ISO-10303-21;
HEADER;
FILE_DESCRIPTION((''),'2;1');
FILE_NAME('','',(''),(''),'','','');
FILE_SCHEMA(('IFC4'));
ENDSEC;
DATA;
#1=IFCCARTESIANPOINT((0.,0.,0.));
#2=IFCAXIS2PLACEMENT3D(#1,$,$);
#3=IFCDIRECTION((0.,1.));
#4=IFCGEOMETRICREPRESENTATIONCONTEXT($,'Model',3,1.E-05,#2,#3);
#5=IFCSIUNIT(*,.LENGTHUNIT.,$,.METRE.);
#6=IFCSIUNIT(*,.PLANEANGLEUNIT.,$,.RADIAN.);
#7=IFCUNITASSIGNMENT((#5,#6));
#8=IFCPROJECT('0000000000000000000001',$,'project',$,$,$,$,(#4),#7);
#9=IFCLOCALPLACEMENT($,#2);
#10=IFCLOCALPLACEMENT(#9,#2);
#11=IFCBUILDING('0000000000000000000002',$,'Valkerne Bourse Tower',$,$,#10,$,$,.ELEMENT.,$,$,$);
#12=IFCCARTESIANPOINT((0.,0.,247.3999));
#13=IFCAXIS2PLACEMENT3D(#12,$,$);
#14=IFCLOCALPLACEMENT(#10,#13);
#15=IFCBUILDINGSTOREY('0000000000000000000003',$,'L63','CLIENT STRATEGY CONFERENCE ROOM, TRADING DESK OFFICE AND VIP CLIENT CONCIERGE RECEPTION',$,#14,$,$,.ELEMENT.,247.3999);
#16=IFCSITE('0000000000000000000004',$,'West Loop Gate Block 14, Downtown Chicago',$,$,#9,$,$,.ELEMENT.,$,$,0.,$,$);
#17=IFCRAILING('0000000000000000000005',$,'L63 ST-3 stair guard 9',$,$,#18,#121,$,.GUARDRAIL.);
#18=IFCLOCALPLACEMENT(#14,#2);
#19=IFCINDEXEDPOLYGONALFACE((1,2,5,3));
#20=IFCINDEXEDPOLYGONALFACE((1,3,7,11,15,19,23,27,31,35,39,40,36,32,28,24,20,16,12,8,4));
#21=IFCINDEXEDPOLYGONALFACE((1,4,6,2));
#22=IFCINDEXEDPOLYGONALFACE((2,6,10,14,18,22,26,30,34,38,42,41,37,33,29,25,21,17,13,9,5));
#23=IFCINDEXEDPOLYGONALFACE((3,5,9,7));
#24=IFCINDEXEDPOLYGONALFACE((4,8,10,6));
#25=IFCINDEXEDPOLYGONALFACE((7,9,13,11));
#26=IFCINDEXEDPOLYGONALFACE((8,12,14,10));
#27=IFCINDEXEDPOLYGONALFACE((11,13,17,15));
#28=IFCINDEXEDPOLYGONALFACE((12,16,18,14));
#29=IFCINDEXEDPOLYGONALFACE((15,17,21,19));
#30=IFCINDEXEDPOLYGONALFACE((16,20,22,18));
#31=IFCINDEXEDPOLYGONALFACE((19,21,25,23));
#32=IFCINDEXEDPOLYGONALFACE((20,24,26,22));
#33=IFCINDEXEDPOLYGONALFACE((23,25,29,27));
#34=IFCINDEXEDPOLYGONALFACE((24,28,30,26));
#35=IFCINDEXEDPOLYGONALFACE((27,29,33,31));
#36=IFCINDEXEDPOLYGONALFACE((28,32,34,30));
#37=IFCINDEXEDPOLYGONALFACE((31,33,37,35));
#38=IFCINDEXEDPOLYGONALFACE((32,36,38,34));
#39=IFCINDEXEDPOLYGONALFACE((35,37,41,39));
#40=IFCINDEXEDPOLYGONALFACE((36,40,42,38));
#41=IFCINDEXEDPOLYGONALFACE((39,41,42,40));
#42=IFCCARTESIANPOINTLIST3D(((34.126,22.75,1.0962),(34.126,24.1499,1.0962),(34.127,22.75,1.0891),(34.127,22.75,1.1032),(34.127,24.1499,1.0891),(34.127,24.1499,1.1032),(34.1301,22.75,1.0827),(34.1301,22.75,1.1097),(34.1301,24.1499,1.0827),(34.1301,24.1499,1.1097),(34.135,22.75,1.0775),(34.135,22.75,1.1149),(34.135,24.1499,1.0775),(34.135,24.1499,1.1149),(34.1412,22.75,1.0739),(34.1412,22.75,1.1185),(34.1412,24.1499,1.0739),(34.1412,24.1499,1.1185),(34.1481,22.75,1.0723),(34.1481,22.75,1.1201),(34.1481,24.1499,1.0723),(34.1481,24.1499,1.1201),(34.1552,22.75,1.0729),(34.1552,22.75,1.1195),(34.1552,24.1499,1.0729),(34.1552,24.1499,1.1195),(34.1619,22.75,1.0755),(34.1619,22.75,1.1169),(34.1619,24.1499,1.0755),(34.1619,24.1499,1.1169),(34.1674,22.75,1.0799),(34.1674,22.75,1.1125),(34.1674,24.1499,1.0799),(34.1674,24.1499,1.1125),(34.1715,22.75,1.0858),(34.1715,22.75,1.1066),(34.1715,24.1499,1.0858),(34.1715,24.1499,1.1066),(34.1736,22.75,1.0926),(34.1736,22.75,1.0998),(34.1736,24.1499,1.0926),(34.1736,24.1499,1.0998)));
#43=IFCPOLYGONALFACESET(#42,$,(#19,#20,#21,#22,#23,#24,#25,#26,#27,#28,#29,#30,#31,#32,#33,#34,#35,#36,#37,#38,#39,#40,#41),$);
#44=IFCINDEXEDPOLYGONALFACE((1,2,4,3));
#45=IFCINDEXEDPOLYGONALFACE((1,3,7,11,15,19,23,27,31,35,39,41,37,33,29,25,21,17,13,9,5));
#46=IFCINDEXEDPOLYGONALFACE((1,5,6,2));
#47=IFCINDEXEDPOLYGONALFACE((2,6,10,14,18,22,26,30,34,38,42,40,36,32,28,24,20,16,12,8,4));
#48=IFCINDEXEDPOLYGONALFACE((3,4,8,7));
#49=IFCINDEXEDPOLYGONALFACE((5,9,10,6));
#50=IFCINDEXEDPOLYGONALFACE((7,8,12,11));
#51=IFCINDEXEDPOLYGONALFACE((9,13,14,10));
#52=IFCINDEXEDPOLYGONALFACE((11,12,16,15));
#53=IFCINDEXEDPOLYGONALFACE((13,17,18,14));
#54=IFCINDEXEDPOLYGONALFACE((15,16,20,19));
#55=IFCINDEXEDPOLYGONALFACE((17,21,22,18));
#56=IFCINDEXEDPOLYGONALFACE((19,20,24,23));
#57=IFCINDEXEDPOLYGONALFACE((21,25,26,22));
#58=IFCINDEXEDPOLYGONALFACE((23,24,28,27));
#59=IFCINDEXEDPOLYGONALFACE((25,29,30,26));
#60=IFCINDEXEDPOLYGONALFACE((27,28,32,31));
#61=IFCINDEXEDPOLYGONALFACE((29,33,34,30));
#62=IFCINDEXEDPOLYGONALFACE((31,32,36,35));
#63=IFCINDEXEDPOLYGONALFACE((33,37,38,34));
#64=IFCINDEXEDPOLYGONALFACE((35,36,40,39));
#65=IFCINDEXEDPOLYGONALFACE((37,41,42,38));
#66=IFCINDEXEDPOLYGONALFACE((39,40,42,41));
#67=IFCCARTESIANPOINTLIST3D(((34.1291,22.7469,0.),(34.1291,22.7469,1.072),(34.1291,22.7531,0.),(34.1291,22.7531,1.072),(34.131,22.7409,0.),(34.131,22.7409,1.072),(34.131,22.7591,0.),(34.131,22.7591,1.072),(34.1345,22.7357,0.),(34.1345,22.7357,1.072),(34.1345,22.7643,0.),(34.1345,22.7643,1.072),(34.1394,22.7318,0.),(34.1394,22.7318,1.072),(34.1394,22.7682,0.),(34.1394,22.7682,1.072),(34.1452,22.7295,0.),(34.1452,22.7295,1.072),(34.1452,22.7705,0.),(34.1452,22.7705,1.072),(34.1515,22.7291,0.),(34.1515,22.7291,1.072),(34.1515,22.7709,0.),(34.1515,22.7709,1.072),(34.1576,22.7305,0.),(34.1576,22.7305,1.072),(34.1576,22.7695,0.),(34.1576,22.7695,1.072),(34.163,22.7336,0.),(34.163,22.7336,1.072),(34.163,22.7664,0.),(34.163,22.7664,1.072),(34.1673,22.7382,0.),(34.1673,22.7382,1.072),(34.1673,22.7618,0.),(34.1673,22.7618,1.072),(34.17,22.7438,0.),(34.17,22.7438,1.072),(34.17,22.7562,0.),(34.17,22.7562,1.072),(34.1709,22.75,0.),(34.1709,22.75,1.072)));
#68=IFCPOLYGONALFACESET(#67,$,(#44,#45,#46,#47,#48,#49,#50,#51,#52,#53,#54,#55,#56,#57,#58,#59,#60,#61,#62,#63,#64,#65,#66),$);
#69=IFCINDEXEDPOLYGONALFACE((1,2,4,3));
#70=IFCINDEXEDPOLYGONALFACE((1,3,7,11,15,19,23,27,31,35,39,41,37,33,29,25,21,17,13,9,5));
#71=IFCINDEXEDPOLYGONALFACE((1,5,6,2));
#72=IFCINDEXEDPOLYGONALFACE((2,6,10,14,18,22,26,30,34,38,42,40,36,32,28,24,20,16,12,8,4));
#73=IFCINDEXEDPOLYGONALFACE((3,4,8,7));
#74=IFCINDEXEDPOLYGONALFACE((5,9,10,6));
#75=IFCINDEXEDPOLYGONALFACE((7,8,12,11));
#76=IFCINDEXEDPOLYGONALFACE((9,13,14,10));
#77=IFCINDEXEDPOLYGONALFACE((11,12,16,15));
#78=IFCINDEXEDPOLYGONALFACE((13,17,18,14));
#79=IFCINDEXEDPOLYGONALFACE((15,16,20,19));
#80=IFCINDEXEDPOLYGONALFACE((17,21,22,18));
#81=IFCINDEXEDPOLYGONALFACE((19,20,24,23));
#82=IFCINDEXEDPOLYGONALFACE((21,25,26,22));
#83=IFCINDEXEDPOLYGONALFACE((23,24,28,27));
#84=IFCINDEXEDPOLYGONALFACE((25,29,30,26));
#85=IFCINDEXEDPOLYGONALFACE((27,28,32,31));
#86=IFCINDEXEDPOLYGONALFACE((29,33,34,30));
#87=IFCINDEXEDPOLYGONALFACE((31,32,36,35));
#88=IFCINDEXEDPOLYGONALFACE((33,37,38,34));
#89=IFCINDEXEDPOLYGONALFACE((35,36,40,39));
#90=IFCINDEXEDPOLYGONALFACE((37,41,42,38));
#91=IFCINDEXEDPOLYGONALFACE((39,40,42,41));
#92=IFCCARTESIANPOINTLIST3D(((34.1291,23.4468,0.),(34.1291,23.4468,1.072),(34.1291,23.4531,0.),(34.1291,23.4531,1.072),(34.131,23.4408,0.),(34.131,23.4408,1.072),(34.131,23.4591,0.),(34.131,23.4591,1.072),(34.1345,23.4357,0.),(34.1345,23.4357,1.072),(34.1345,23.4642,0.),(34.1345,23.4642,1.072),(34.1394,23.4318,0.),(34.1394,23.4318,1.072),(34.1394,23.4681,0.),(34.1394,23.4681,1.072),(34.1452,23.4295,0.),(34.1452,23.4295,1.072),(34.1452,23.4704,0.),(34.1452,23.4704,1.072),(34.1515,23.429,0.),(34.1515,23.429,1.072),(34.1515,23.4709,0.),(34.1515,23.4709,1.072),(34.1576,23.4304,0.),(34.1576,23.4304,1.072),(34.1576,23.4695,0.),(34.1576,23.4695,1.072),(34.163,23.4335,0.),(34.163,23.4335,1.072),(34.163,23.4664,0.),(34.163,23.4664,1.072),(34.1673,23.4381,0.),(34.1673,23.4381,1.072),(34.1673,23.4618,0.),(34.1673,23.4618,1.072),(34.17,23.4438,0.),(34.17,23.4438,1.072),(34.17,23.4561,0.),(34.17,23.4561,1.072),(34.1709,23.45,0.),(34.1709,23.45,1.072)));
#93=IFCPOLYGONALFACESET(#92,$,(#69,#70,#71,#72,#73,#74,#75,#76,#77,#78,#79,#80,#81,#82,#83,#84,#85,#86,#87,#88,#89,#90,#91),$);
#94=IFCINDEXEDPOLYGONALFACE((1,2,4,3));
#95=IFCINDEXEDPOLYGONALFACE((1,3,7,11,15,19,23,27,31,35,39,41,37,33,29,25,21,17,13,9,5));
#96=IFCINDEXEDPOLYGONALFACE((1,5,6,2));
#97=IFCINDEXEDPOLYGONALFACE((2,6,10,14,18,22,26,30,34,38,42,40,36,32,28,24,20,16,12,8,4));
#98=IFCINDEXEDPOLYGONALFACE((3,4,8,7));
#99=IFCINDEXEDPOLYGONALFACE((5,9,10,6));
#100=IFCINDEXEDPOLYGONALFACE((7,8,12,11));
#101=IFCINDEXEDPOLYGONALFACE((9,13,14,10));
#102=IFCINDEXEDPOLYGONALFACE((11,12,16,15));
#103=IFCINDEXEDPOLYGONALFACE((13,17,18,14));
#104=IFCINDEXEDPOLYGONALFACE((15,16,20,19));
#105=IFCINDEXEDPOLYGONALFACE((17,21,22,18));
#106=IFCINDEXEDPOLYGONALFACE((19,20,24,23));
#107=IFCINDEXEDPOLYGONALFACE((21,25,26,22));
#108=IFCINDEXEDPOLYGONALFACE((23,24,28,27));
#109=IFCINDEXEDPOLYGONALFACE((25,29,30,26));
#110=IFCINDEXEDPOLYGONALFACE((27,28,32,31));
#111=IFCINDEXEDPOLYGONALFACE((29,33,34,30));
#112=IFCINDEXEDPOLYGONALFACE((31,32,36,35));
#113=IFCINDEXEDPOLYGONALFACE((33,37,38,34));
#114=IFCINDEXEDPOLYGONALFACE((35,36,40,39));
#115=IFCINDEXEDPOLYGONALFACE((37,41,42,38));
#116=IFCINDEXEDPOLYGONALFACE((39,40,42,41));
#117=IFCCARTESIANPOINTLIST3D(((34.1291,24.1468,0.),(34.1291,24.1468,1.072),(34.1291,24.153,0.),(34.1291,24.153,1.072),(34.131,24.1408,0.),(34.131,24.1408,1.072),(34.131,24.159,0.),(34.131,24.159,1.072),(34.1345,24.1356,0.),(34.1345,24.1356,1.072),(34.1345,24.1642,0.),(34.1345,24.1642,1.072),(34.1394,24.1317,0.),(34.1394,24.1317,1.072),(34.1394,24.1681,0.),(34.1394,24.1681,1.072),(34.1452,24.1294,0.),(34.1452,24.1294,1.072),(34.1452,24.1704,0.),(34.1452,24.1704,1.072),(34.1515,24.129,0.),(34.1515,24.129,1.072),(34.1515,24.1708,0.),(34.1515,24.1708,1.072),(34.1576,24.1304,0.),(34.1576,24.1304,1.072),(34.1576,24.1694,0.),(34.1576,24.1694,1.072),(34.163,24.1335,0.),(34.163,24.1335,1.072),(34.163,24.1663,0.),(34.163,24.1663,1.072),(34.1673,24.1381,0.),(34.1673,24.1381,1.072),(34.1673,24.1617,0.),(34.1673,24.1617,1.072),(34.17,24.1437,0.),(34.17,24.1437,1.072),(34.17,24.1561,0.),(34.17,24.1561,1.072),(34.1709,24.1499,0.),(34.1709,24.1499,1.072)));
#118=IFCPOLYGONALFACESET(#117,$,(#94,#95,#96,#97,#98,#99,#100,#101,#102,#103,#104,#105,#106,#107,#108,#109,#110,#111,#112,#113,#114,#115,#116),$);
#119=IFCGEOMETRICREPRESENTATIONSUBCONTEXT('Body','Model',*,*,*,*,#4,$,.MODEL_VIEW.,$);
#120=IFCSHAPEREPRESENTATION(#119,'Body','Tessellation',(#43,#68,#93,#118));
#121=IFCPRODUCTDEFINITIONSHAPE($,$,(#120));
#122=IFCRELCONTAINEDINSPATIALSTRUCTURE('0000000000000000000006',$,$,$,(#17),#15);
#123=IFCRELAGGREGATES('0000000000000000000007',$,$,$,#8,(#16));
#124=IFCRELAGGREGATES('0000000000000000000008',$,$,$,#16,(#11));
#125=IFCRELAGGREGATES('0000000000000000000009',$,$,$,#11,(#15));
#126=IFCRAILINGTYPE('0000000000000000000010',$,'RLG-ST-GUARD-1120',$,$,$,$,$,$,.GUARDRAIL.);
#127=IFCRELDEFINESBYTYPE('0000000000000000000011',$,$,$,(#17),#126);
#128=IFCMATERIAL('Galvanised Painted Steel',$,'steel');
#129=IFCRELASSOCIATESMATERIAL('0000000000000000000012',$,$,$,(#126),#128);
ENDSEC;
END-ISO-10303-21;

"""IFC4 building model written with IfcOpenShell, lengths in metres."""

from ifc_helpers import new_model, si_unit, direction, frame, origin, origin_2d, place, context, subcontext, project, spatial, circle, extrude, material, type_object, element, save


model = new_model("IFC4")

# Units and contexts
model_context = context("Model", 3, precision=1e-05, world=origin(), true_north=direction((0.0, 1.0)))
body_context = subcontext(model_context, "Body", "Model", "MODEL_VIEW")
ifc_project = project(units=[si_unit("LENGTHUNIT", "METRE"), si_unit("PLANEANGLEUNIT", "RADIAN")], contexts=[model_context])

# Site, building, storey
site_placement = place(None, origin())
site = spatial("IfcSite", under=ifc_project, at=site_placement, Name="West Loop Gate Block 14, Downtown Chicago", CompositionType="ELEMENT", RefElevation=0.0)
building_placement = place(site_placement, origin())
building = spatial("IfcBuilding", under=site, at=building_placement, Name="Valkerne Bourse Tower", CompositionType="ELEMENT")
storey_placement = place(building_placement, frame((0.0, 0.0, 247.3999)))
storey = spatial("IfcBuildingStorey", under=building, at=storey_placement, Name="L63", Description="CLIENT STRATEGY CONFERENCE ROOM, TRADING DESK OFFICE AND VIP CLIENT CONCIERGE RECEPTION", CompositionType="ELEMENT", Elevation=247.3999)

# Shared definitions
ifc_material_1 = material(Name="Galvanised Painted Steel", Category="steel")

# Railing
railing_type_1 = type_object("IfcRailingType", Name="RLG-ST-GUARD-1120", PredefinedType="GUARDRAIL", material=ifc_material_1)
railing_1_placement = place(storey_placement, frame((34.1499, 22.75, 0.0)))
element("IfcRailing", 1, at=railing_1_placement, inside=storey, type_object=railing_type_1, Name="L63 ST-3 stair guard 9", PredefinedType="GUARDRAIL", context=body_context, shape_type="SweptSolid", body=[
    extrude(circle(Radius=0.0239, at=origin_2d()), frame((0.0, 0.0, 1.0962), z_axis=(0.0, 1.0, 0.0), x_axis=(-1.0, 0.0, 0.0)), (0.0, 0.0, 1.0), 1.3999),
    extrude(circle(Radius=0.021, at=origin_2d()), origin(), (0.0, 0.0, 1.0), 1.072),
    extrude(circle(Radius=0.021, at=origin_2d()), frame((0.0, 0.7, 0.0)), (0.0, 0.0, 1.0), 1.072),
    extrude(circle(Radius=0.021, at=origin_2d()), frame((0.0, 1.3999, 0.0)), (0.0, 0.0, 1.0), 1.072),
])

save(model, "model.ifc")
